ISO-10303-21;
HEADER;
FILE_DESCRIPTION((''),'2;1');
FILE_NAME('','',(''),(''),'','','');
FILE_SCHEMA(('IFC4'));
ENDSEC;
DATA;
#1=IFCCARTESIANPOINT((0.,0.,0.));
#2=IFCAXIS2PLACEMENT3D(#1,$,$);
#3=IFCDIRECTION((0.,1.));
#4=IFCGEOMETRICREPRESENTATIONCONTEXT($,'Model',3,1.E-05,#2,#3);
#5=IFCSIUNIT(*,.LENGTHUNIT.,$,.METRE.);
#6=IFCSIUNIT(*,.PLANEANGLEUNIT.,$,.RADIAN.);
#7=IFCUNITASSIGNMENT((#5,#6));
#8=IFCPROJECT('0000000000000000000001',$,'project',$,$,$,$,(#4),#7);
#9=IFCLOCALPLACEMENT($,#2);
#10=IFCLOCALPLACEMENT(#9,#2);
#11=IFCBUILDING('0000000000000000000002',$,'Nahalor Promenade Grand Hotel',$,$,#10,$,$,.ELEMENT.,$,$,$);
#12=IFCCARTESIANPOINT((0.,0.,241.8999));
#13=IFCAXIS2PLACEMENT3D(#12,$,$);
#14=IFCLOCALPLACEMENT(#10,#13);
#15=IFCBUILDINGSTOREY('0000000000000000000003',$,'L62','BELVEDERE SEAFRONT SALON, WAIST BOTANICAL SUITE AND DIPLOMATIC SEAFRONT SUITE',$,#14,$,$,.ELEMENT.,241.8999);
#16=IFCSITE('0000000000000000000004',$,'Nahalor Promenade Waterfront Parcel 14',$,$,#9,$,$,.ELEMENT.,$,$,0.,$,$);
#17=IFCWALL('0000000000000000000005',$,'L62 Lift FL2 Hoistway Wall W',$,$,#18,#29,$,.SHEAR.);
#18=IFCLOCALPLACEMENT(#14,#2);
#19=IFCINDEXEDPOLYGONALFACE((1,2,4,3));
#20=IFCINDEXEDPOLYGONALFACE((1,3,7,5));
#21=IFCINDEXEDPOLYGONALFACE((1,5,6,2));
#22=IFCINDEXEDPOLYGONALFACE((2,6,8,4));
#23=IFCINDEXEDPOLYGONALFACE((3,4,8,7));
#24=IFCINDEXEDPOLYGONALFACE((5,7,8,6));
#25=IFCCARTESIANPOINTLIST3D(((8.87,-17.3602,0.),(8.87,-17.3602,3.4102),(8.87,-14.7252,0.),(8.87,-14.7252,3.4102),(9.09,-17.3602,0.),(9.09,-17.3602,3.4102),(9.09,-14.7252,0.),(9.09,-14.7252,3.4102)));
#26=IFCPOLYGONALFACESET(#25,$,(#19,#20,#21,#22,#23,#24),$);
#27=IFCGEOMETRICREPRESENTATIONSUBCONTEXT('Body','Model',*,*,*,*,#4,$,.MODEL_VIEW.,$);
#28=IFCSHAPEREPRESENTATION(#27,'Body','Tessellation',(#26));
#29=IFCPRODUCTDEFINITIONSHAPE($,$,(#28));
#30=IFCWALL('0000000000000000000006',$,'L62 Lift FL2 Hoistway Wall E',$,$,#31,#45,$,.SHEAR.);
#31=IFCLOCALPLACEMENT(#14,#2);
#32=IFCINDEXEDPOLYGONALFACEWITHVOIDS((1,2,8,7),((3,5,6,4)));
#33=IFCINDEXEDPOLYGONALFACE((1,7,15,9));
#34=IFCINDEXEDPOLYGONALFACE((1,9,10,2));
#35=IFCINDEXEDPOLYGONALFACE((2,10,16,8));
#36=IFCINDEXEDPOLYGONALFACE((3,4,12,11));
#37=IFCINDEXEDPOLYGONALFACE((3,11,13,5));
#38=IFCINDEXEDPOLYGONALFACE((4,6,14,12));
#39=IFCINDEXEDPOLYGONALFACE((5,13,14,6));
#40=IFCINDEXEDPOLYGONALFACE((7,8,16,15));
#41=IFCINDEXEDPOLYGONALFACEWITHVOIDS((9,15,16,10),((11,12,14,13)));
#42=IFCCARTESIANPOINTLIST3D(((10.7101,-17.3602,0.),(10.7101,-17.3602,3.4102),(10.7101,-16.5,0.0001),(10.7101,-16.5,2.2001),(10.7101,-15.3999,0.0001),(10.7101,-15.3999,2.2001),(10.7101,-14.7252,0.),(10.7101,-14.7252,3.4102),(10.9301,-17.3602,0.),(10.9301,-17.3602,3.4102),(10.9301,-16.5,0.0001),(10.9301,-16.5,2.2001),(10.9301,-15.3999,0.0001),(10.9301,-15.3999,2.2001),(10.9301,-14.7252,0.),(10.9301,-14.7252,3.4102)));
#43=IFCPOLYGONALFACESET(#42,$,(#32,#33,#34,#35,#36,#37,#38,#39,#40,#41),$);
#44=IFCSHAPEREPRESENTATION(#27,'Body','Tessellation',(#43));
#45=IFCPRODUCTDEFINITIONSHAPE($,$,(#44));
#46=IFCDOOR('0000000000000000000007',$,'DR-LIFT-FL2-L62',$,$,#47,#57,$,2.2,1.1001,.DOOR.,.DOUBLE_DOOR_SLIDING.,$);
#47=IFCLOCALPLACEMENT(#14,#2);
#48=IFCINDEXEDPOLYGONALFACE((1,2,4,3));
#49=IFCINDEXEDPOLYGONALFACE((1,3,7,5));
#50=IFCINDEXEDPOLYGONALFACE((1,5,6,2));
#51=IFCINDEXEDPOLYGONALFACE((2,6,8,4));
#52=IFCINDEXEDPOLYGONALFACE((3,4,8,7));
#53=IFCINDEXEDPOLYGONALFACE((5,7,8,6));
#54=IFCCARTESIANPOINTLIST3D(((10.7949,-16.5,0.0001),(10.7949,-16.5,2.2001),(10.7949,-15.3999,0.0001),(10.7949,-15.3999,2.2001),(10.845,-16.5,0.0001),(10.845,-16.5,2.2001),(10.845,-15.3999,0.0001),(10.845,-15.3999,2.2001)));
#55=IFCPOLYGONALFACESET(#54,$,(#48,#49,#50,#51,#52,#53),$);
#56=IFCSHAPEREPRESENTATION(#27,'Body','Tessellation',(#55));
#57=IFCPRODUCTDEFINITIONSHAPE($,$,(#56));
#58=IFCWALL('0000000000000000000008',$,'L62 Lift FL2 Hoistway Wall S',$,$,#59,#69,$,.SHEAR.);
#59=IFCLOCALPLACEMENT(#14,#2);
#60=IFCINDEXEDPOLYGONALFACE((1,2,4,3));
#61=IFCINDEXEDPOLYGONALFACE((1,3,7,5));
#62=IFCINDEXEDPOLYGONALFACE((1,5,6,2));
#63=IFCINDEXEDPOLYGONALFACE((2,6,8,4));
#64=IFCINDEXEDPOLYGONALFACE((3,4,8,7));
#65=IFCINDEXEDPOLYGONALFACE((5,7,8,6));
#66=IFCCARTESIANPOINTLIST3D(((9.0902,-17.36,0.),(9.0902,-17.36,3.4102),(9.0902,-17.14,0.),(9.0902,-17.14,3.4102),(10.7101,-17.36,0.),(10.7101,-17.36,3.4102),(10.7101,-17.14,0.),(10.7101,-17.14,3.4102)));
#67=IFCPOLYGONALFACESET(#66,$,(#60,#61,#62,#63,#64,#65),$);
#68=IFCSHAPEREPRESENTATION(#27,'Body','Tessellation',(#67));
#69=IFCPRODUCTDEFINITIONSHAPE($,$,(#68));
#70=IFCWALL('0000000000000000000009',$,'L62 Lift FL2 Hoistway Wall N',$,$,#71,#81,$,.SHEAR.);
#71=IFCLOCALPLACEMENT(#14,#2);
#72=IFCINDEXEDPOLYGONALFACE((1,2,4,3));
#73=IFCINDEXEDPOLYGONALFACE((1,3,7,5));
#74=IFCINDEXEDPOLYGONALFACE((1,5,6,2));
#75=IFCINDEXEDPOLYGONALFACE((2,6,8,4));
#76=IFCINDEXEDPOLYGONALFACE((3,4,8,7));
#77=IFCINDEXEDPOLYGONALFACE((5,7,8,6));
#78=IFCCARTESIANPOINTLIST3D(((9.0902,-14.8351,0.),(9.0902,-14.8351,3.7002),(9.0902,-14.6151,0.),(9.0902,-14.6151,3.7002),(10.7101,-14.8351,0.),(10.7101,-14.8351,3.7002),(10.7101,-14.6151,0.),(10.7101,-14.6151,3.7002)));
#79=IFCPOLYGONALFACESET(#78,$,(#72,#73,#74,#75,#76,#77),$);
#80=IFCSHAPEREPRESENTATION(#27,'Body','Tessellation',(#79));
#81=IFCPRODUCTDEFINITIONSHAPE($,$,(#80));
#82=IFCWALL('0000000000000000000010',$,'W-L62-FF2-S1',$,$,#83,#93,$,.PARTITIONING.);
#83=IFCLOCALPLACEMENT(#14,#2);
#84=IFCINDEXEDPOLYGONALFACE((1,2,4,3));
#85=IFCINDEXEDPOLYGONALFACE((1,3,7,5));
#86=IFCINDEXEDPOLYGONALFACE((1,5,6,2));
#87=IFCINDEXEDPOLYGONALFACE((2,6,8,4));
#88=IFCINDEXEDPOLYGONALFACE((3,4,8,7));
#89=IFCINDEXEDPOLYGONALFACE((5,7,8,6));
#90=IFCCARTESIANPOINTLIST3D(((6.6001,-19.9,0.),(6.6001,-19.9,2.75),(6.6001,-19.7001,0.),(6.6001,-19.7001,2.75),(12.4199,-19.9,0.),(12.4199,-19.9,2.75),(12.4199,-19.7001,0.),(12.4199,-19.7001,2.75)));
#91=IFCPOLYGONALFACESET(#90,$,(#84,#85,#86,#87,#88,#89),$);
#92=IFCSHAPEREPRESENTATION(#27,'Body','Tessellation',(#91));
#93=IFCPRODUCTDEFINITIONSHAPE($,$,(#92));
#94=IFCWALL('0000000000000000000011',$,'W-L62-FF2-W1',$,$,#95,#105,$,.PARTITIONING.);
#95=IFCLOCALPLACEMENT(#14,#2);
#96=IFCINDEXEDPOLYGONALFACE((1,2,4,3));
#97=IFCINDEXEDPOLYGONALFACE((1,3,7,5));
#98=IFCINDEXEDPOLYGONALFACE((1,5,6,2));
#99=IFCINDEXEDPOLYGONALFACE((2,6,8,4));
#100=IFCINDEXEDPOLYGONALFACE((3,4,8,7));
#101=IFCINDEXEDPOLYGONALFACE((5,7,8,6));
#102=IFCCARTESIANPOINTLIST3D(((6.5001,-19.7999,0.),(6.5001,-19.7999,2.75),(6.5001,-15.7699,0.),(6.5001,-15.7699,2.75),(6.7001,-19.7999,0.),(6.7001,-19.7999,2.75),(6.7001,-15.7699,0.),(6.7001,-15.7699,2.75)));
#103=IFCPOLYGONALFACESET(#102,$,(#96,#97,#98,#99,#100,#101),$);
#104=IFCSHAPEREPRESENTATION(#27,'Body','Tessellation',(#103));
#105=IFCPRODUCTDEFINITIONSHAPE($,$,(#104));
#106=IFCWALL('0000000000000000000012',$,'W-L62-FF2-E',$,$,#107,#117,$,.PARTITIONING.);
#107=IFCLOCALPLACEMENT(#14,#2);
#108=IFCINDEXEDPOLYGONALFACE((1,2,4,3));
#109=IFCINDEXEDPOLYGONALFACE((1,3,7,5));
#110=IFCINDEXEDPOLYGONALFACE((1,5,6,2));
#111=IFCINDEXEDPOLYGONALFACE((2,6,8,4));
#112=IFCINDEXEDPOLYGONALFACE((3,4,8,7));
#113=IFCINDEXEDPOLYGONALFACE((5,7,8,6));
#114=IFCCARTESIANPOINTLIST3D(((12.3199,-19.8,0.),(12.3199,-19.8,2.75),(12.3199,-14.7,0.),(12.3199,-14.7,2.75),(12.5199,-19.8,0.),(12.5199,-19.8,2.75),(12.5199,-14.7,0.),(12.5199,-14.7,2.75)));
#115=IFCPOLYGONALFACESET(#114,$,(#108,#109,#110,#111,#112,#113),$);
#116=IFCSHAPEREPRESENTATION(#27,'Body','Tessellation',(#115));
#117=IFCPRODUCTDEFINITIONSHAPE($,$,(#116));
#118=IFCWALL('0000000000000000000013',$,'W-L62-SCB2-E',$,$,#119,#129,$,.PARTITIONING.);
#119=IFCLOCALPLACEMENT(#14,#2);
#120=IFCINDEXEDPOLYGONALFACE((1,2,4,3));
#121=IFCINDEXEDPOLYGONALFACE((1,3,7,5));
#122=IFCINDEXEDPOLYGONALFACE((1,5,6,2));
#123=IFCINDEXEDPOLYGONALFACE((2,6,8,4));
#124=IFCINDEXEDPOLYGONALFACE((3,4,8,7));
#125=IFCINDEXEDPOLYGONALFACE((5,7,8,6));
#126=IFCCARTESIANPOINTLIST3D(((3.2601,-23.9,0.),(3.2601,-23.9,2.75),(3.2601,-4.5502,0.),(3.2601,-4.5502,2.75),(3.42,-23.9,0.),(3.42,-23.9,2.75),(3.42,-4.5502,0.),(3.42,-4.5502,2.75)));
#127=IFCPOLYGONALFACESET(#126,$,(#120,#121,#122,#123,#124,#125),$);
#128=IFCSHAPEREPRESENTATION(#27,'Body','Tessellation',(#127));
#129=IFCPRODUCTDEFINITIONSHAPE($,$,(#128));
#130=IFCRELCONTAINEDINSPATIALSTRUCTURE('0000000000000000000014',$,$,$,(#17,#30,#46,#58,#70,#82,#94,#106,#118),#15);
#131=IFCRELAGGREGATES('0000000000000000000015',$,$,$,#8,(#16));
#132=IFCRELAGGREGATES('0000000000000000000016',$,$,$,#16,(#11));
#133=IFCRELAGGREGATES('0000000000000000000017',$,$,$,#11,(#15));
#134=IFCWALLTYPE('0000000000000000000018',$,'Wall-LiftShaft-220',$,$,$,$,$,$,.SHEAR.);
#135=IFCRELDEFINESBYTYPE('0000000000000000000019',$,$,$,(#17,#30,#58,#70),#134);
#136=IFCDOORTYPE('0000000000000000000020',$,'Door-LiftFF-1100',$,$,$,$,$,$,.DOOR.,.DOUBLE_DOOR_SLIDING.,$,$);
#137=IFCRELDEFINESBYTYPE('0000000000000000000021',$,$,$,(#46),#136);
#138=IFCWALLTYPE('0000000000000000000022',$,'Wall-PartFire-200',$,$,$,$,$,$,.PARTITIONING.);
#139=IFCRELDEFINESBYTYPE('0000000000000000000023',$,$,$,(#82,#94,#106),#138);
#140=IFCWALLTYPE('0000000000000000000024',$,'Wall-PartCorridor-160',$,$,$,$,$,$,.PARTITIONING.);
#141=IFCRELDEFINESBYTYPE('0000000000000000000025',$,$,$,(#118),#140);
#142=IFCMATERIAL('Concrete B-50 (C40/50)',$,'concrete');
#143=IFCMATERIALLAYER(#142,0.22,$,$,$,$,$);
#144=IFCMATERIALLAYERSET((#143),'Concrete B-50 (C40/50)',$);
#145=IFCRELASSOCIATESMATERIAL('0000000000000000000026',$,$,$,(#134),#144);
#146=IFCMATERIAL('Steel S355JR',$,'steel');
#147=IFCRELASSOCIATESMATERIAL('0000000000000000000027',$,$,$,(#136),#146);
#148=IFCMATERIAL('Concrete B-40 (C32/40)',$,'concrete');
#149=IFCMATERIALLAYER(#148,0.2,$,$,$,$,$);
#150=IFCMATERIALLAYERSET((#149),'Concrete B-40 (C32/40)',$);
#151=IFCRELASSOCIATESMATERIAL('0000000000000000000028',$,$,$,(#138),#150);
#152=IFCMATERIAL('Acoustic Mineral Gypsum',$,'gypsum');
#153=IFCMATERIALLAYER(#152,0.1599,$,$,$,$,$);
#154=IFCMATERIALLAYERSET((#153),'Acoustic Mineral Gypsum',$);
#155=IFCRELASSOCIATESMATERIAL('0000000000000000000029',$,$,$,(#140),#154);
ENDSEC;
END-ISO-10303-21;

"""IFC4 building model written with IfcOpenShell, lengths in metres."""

from ifc_helpers import new_model, si_unit, direction, frame, frame_2d, origin, place, context, subcontext, project, spatial, rectangle, extrude, source, transform, mapped, material, layer, layer_set, type_object, element, fill, save


model = new_model("IFC4")

# Units and contexts
model_context = context("Model", 3, precision=1e-05, world=origin(), true_north=direction((0.0, 1.0)))
body_context = subcontext(model_context, "Body", "Model", "MODEL_VIEW")
ifc_project = project(units=[si_unit("LENGTHUNIT", "METRE"), si_unit("PLANEANGLEUNIT", "RADIAN")], contexts=[model_context])

# Site, building, storey
site_placement = place(None, origin())
site = spatial("IfcSite", under=ifc_project, at=site_placement, Name="Nahalor Promenade Waterfront Parcel 14", CompositionType="ELEMENT", RefElevation=0.0)
building_placement = place(site_placement, origin())
building = spatial("IfcBuilding", under=site, at=building_placement, Name="Nahalor Promenade Grand Hotel", CompositionType="ELEMENT")
storey_placement = place(building_placement, frame((0.0, 0.0, 241.8999)))
storey = spatial("IfcBuildingStorey", under=building, at=storey_placement, Name="L62", Description="BELVEDERE SEAFRONT SALON, WAIST BOTANICAL SUITE AND DIPLOMATIC SEAFRONT SUITE", CompositionType="ELEMENT", Elevation=241.8999)

# Shared definitions
ifc_material_1 = material(Name="Steel S355JR", Category="steel")

# Shared definitions
ifc_material_2 = material(Name="Concrete B-50 (C40/50)", Category="concrete")

# Wall
ifc_layer_1 = layer(ifc_material_2, 0.22)
ifc_layer_set_1 = layer_set([ifc_layer_1], Name="Concrete B-50 (C40/50)")
wall_type_1 = type_object("IfcWallType", Name="Wall-LiftShaft-220", PredefinedType="SHEAR", material=ifc_layer_set_1)
shared_shape_1 = source(origin(), body_context, "Body", "SweptSolid", [
    extrude(rectangle(XDim=2.635, YDim=0.22, at=frame_2d((1.3174, 0.0))), origin(), (0.0, 0.0, 1.0), 3.4102),
])
wall_1_placement = place(storey_placement, frame((8.98, -17.3601, 0.0), z_axis=(0.0, 0.0, 1.0), x_axis=(0.0, 1.0, 0.0)))
element("IfcWall", 1, at=wall_1_placement, inside=storey, type_object=wall_type_1, Name="L62 Lift FL2 Hoistway Wall W", PredefinedType="SHEAR", context=body_context, shape_type="MappedRepresentation", body=[
    mapped(shared_shape_1, transform((0.0, 0.0, 0.0), scale=1.0)),
])

# Wall, opening, door
wall_2_placement = place(storey_placement, frame((10.8201, -17.3601, 0.0), z_axis=(0.0, 0.0, 1.0), x_axis=(0.0, 1.0, 0.0)))
wall_2 = element("IfcWall", 2, at=wall_2_placement, inside=storey, type_object=wall_type_1, Name="L62 Lift FL2 Hoistway Wall E", PredefinedType="SHEAR", context=body_context, shape_type="MappedRepresentation", body=[
    mapped(shared_shape_1, transform((0.0, 0.0, 0.0), scale=1.0)),
])
opening_1_placement = place(wall_2_placement, frame((0.8601, 0.0, 0.0)))
opening_1 = element("IfcOpeningElement", 3, at=opening_1_placement, cuts=wall_2, PredefinedType="OPENING", context=body_context, shape_type="SweptSolid", body=[
    extrude(rectangle(XDim=1.1001, YDim=2.2, at=frame_2d((0.55, 1.1001))), frame((0.0, 0.1199, 0.0), z_axis=(0.0, -1.0, 0.0), x_axis=(1.0, 0.0, 0.0)), (0.0, 0.0, 1.0), 0.24),
])
door_type_1 = type_object("IfcDoorType", Name="Door-LiftFF-1100", OperationType="DOUBLE_DOOR_SLIDING", PredefinedType="DOOR", material=ifc_material_1)
shared_shape_2 = source(origin(), body_context, "Body", "SweptSolid", [
    extrude(rectangle(XDim=1.1001, YDim=2.2, at=frame_2d((0.55, 1.1001))), frame((0.0, 0.0249, 0.0), z_axis=(0.0, -1.0, 0.0), x_axis=(1.0, 0.0, 0.0)), (0.0, 0.0, 1.0), 0.05),
])
door_1_placement = place(opening_1_placement, frame((1.1001, 0.0, 0.0), z_axis=(0.0, 0.0, 1.0), x_axis=(-1.0, 0.0, 0.0)))
door_1 = element("IfcDoor", 4, at=door_1_placement, inside=storey, type_object=door_type_1, Name="DR-LIFT-FL2-L62", OperationType="DOUBLE_DOOR_SLIDING", OverallHeight=2.2, OverallWidth=1.1001, PredefinedType="DOOR", context=body_context, shape_type="MappedRepresentation", body=[
    mapped(shared_shape_2, transform((0.0, 0.0, 0.0), scale=1.0)),
])
fill(opening_1, door_1)

# Walls
shared_shape_3 = source(origin(), body_context, "Body", "SweptSolid", [
    extrude(rectangle(XDim=1.6199, YDim=0.22, at=frame_2d((0.8101, 0.0))), origin(), (0.0, 0.0, 1.0), 3.4102),
])
wall_3_placement = place(storey_placement, frame((9.0901, -17.25, 0.0), z_axis=(0.0, 0.0, 1.0), x_axis=(1.0, 0.0, 0.0)))
element("IfcWall", 5, at=wall_3_placement, inside=storey, type_object=wall_type_1, Name="L62 Lift FL2 Hoistway Wall S", PredefinedType="SHEAR", context=body_context, shape_type="MappedRepresentation", body=[
    mapped(shared_shape_3, transform((0.0, 0.0, 0.0), scale=1.0)),
])
shared_shape_4 = source(origin(), body_context, "Body", "SweptSolid", [
    extrude(rectangle(XDim=1.6199, YDim=0.22, at=frame_2d((0.8101, 0.0))), origin(), (0.0, 0.0, 1.0), 3.7002),
])
wall_4_placement = place(storey_placement, frame((9.0901, -14.7251, 0.0), z_axis=(0.0, 0.0, 1.0), x_axis=(1.0, 0.0, 0.0)))
element("IfcWall", 6, at=wall_4_placement, inside=storey, type_object=wall_type_1, Name="L62 Lift FL2 Hoistway Wall N", PredefinedType="SHEAR", context=body_context, shape_type="MappedRepresentation", body=[
    mapped(shared_shape_4, transform((0.0, 0.0, 0.0), scale=1.0)),
])
ifc_material_3 = material(Name="Concrete B-40 (C32/40)", Category="concrete")
ifc_layer_2 = layer(ifc_material_3, 0.2)
ifc_layer_set_2 = layer_set([ifc_layer_2], Name="Concrete B-40 (C32/40)")
wall_type_2 = type_object("IfcWallType", Name="Wall-PartFire-200", PredefinedType="PARTITIONING", material=ifc_layer_set_2)
shared_shape_5 = source(origin(), body_context, "Body", "SweptSolid", [
    extrude(rectangle(XDim=5.8198, YDim=0.2, at=frame_2d((2.9099, 0.0))), origin(), (0.0, 0.0, 1.0), 2.75),
])
wall_5_placement = place(storey_placement, frame((6.6001, -19.8, 0.0), z_axis=(0.0, 0.0, 1.0), x_axis=(1.0, 0.0, 0.0)))
element("IfcWall", 7, at=wall_5_placement, inside=storey, type_object=wall_type_2, Name="W-L62-FF2-S1", PredefinedType="PARTITIONING", context=body_context, shape_type="MappedRepresentation", body=[
    mapped(shared_shape_5, transform((0.0, 0.0, 0.0), scale=1.0)),
])
shared_shape_6 = source(origin(), body_context, "Body", "SweptSolid", [
    extrude(rectangle(XDim=4.03, YDim=0.2, at=frame_2d((2.0151, 0.0))), origin(), (0.0, 0.0, 1.0), 2.75),
])
wall_6_placement = place(storey_placement, frame((6.6001, -19.8, 0.0), z_axis=(0.0, 0.0, 1.0), x_axis=(0.0, 1.0, 0.0)))
element("IfcWall", 8, at=wall_6_placement, inside=storey, type_object=wall_type_2, Name="W-L62-FF2-W1", PredefinedType="PARTITIONING", context=body_context, shape_type="MappedRepresentation", body=[
    mapped(shared_shape_6, transform((0.0, 0.0, 0.0), scale=1.0)),
])
shared_shape_7 = source(origin(), body_context, "Body", "SweptSolid", [
    extrude(rectangle(XDim=5.1001, YDim=0.2, at=frame_2d((2.55, 0.0))), origin(), (0.0, 0.0, 1.0), 2.75),
])
wall_7_placement = place(storey_placement, frame((12.4199, -19.8, 0.0), z_axis=(0.0, 0.0, 1.0), x_axis=(0.0, 1.0, 0.0)))
element("IfcWall", 9, at=wall_7_placement, inside=storey, type_object=wall_type_2, Name="W-L62-FF2-E", PredefinedType="PARTITIONING", context=body_context, shape_type="MappedRepresentation", body=[
    mapped(shared_shape_7, transform((0.0, 0.0, 0.0), scale=1.0)),
])
ifc_material_4 = material(Name="Acoustic Mineral Gypsum", Category="gypsum")
ifc_layer_3 = layer(ifc_material_4, 0.1599)
ifc_layer_set_3 = layer_set([ifc_layer_3], Name="Acoustic Mineral Gypsum")
wall_type_3 = type_object("IfcWallType", Name="Wall-PartCorridor-160", PredefinedType="PARTITIONING", material=ifc_layer_set_3)
shared_shape_8 = source(origin(), body_context, "Body", "SweptSolid", [
    extrude(rectangle(XDim=19.3499, YDim=0.1599, at=frame_2d((9.6748, 0.0))), origin(), (0.0, 0.0, 1.0), 2.75),
])
wall_8_placement = place(storey_placement, frame((3.3401, -23.8999, 0.0), z_axis=(0.0, 0.0, 1.0), x_axis=(0.0, 1.0, 0.0)))
element("IfcWall", 10, at=wall_8_placement, inside=storey, type_object=wall_type_3, Name="W-L62-SCB2-E", PredefinedType="PARTITIONING", context=body_context, shape_type="MappedRepresentation", body=[
    mapped(shared_shape_8, transform((0.0, 0.0, 0.0), scale=1.0)),
])

save(model, "model.ifc")
